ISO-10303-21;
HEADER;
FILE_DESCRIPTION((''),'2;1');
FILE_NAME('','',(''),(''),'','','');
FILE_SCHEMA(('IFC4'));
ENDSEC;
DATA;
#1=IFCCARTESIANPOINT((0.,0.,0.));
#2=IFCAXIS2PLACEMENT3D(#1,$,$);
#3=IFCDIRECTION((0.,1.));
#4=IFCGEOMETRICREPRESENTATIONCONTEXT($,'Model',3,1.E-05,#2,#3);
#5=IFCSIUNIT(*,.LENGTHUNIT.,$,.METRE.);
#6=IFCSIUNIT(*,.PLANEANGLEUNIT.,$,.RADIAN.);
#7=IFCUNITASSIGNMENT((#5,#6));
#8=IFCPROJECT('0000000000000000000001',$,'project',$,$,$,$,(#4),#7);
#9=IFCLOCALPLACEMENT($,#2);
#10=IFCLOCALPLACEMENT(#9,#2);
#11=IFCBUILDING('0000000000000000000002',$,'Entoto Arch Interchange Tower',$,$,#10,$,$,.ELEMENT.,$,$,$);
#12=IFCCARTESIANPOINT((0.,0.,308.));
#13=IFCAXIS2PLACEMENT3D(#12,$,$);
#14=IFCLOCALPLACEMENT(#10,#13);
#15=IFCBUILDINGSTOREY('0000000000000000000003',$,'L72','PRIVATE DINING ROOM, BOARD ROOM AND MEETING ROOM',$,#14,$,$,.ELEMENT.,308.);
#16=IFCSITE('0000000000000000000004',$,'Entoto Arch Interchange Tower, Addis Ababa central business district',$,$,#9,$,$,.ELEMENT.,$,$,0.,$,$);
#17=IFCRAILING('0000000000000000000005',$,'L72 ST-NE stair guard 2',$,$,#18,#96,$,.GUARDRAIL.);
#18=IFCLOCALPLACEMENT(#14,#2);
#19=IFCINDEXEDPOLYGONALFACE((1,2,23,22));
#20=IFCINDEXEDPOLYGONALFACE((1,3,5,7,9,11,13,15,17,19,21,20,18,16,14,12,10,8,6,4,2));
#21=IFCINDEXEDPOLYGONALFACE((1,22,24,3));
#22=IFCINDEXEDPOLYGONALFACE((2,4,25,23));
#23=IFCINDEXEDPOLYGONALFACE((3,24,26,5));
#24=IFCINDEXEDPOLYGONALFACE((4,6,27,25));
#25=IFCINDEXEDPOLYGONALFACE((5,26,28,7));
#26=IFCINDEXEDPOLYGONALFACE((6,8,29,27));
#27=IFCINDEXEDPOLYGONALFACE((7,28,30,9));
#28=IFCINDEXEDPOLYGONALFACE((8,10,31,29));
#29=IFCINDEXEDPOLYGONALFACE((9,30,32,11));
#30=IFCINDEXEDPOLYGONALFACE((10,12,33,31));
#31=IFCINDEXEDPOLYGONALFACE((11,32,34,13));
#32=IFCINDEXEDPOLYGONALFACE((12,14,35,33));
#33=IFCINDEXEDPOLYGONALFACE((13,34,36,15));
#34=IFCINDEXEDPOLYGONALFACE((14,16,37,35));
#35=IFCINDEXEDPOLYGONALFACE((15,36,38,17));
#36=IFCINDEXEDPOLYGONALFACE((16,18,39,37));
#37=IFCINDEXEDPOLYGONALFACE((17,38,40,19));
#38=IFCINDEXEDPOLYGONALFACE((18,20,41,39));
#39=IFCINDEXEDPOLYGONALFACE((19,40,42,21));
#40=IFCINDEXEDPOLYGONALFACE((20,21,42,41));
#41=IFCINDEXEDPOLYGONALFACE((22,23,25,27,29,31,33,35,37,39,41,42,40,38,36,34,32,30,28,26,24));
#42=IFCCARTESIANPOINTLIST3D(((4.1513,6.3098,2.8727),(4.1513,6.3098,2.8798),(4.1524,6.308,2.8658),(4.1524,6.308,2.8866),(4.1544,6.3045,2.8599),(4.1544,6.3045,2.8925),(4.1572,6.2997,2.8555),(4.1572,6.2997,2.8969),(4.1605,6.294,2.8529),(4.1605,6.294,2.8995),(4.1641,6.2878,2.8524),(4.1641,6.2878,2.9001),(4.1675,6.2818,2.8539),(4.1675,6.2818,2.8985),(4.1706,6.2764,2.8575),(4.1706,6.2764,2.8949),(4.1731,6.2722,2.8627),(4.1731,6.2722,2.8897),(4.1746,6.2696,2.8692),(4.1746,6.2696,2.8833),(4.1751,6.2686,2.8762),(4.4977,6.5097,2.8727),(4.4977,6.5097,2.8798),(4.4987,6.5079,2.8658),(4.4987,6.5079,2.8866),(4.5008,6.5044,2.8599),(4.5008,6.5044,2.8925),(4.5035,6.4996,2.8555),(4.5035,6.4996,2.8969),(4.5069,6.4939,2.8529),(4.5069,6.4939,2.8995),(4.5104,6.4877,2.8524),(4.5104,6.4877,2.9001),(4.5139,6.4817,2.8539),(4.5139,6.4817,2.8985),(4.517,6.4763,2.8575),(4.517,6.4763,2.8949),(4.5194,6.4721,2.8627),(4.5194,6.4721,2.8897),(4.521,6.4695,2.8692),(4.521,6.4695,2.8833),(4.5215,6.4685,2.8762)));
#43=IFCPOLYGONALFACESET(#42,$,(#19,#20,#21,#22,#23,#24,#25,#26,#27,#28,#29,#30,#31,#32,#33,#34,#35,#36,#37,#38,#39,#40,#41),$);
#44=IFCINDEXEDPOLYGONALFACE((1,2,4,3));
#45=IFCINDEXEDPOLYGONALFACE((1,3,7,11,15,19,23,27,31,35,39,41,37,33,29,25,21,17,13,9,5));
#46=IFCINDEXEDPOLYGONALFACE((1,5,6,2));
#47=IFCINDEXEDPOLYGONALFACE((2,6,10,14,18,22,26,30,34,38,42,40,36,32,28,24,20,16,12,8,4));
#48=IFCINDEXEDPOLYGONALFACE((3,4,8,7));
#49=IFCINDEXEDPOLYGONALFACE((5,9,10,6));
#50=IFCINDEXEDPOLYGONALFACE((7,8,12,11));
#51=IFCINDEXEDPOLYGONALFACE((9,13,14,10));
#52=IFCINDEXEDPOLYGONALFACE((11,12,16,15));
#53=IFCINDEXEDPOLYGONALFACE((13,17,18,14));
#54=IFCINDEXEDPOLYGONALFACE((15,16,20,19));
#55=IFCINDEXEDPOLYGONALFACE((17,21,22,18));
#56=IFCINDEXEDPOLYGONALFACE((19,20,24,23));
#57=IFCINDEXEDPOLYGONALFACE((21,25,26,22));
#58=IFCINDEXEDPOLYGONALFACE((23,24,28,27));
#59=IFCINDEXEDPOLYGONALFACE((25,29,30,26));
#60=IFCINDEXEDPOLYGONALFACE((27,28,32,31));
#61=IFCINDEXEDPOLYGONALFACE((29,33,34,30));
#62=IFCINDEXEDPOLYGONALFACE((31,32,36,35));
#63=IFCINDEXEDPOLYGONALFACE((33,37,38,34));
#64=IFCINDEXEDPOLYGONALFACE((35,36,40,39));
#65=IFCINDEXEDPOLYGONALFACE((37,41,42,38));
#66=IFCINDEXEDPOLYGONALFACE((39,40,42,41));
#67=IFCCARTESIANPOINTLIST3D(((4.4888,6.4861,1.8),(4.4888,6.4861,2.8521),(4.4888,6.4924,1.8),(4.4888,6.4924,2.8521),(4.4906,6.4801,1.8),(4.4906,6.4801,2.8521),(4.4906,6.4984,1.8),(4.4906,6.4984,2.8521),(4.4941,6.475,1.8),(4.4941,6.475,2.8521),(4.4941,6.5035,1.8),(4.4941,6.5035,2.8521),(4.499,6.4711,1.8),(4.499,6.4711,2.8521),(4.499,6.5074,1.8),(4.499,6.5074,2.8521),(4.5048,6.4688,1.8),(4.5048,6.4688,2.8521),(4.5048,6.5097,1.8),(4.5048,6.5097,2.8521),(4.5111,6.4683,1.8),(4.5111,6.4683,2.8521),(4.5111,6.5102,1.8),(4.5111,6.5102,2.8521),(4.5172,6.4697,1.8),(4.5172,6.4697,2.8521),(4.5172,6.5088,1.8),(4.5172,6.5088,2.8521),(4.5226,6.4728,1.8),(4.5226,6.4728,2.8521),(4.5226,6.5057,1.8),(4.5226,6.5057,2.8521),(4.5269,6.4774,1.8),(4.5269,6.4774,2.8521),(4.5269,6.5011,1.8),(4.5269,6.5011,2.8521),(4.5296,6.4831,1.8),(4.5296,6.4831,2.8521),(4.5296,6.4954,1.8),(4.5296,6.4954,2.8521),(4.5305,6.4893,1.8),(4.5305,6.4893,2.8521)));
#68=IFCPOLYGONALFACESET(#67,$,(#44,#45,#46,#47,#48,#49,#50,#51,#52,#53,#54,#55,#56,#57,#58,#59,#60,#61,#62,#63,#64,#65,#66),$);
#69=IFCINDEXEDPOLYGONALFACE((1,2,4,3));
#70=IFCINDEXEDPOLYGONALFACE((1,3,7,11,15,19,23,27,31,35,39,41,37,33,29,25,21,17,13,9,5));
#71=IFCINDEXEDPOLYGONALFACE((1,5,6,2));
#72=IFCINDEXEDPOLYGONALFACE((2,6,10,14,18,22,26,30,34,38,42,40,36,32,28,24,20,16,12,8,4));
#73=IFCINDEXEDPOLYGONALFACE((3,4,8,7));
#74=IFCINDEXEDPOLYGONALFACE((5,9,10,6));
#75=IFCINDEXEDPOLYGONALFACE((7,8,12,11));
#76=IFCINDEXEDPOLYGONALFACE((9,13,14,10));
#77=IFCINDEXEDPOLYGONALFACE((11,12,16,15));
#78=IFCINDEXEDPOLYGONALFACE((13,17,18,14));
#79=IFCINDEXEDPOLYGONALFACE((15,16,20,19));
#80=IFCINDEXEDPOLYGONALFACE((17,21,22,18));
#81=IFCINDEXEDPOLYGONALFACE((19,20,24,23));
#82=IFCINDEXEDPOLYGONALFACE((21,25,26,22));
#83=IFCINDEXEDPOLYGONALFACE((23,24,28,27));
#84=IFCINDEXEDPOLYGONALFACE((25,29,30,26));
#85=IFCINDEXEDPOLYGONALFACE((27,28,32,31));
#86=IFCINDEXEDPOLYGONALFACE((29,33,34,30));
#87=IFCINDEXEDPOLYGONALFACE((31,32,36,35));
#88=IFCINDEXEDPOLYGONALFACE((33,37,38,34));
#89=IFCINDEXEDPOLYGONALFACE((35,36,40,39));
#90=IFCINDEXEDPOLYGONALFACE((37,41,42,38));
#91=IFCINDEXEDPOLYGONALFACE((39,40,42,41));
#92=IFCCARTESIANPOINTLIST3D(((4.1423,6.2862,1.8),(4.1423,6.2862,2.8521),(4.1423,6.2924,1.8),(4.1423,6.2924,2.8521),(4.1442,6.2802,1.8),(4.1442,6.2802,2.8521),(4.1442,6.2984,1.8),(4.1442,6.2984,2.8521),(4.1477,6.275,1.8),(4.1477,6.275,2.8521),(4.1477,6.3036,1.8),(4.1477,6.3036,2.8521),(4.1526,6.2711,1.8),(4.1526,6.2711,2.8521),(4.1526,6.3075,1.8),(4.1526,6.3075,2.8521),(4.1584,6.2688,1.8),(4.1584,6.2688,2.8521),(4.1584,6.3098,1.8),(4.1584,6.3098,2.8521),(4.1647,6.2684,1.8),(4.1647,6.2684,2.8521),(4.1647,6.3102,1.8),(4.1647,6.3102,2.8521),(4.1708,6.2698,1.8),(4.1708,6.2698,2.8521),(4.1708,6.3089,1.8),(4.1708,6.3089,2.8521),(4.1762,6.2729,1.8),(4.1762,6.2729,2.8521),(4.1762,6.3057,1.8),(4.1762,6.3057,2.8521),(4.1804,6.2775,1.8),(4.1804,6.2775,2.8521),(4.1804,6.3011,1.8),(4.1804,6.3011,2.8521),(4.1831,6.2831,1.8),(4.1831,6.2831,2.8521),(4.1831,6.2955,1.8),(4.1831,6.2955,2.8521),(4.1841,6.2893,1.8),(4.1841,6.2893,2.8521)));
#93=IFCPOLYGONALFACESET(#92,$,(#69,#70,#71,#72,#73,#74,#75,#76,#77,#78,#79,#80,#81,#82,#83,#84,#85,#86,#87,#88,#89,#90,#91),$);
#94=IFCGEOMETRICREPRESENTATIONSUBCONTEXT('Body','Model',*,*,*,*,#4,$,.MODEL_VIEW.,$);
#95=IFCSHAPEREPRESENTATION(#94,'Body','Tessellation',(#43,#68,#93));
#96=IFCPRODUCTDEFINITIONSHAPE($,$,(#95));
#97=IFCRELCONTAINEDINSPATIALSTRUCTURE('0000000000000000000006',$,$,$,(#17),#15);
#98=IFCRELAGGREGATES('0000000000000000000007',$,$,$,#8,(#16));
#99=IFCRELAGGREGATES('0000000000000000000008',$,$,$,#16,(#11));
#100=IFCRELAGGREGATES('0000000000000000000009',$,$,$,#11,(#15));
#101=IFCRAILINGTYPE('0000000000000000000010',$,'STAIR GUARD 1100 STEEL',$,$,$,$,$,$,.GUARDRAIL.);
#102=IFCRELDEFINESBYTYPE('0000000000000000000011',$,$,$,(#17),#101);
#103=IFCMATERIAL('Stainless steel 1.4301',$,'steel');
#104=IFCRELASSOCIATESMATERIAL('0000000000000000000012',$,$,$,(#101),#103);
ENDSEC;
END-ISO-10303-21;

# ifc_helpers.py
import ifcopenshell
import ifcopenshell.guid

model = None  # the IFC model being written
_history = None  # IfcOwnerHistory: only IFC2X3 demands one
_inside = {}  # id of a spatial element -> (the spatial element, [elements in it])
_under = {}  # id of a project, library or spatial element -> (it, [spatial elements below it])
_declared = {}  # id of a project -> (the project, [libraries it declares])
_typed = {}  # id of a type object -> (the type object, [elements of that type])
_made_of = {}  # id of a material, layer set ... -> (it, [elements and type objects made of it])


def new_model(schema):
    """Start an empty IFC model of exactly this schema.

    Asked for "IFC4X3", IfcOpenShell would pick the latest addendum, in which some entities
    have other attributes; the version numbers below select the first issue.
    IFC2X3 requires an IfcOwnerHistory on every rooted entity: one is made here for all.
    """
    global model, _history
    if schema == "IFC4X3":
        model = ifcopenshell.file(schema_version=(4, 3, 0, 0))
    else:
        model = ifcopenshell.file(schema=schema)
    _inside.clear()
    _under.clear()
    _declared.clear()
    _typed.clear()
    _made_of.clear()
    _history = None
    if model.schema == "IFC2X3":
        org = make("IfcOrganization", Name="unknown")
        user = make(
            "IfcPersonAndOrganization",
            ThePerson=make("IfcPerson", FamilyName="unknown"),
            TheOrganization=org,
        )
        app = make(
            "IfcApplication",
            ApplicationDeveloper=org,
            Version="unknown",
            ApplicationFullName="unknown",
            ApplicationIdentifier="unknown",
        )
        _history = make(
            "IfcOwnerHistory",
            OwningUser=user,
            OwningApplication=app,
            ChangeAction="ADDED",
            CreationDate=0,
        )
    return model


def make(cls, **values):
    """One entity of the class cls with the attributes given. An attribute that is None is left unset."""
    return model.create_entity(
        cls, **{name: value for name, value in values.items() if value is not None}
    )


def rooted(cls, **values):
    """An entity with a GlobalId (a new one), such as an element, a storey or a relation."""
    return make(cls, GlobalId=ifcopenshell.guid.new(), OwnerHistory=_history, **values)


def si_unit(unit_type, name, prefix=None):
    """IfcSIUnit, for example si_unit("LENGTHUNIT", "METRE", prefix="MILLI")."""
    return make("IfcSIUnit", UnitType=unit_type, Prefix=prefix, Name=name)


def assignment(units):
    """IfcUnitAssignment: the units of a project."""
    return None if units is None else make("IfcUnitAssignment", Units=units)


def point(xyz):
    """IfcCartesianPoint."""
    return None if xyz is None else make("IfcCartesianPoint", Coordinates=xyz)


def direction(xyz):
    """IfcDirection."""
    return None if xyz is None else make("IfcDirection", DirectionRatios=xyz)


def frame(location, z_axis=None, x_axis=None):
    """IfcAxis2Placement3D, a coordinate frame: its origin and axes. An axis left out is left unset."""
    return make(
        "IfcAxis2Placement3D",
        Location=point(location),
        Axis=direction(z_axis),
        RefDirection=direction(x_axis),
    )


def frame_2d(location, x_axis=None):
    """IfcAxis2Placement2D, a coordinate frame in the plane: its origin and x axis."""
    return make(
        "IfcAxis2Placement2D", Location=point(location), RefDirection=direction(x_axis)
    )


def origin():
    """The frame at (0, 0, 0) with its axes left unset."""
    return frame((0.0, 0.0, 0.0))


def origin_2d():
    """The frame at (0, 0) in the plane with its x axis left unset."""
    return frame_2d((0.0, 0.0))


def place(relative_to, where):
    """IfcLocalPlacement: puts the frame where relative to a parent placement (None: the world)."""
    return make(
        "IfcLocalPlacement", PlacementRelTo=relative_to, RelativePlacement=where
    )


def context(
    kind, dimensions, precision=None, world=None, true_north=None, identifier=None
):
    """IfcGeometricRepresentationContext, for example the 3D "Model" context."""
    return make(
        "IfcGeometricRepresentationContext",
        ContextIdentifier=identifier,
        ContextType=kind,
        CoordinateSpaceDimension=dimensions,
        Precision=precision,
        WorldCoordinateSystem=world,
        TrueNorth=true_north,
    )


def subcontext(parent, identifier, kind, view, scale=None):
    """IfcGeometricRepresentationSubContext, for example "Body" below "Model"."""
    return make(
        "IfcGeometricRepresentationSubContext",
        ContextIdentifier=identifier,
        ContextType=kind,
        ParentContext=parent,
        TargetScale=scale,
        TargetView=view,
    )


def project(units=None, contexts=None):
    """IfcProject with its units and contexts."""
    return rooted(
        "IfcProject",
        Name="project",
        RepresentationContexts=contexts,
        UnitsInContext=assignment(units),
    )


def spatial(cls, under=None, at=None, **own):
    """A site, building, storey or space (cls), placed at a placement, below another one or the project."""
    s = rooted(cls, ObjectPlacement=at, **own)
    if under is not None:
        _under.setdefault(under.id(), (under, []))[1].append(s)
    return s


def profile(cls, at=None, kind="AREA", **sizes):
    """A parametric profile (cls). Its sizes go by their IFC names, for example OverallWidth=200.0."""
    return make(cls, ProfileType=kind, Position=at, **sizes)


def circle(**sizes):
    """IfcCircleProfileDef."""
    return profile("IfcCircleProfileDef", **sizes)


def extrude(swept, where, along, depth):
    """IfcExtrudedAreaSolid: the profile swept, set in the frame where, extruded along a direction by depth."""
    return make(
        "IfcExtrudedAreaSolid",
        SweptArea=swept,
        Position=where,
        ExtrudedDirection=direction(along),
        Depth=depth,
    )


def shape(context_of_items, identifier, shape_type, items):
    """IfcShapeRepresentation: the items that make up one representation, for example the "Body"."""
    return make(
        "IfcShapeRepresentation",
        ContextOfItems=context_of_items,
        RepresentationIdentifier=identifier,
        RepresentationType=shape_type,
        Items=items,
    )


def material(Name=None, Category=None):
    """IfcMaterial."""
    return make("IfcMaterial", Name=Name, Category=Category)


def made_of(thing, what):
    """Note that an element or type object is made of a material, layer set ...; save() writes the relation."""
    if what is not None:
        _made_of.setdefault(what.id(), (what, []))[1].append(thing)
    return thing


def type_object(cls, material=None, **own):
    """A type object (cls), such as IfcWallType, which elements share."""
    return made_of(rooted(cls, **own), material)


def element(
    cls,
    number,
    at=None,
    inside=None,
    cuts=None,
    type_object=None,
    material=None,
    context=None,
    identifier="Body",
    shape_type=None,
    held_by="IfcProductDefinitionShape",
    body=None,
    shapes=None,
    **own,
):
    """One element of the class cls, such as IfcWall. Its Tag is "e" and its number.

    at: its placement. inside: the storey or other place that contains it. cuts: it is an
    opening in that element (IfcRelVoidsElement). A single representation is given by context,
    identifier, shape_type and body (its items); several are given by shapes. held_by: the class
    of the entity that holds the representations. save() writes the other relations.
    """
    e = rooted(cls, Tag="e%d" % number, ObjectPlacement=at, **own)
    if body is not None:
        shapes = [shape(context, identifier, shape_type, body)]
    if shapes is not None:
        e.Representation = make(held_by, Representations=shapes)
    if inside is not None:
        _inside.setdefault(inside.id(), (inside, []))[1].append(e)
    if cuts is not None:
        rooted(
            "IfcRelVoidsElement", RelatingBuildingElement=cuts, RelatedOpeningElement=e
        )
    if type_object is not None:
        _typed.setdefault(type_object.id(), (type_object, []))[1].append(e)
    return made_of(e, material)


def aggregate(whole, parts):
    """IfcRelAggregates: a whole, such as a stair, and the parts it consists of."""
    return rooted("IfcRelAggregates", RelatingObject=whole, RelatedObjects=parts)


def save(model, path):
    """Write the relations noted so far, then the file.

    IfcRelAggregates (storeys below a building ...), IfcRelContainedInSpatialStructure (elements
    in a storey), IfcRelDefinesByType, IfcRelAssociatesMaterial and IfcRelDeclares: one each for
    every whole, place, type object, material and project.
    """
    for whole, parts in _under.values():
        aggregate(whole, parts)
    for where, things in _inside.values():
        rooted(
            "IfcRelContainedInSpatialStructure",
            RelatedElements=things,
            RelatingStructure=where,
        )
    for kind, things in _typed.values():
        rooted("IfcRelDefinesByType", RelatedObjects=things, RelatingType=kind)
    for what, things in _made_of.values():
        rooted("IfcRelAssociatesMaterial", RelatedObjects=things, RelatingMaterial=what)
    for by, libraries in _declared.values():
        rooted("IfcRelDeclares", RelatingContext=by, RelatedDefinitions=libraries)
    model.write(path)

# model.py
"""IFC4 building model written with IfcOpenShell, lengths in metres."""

from ifc_helpers import new_model, si_unit, direction, frame, origin, origin_2d, place, context, subcontext, project, spatial, circle, extrude, material, type_object, element, save


model = new_model("IFC4")

# Units and contexts
model_context = context("Model", 3, precision=1e-05, world=origin(), true_north=direction((0.0, 1.0)))
body_context = subcontext(model_context, "Body", "Model", "MODEL_VIEW")
ifc_project = project(units=[si_unit("LENGTHUNIT", "METRE"), si_unit("PLANEANGLEUNIT", "RADIAN")], contexts=[model_context])

# Site, building, storey
site_placement = place(None, origin())
site = spatial("IfcSite", under=ifc_project, at=site_placement, Name="Entoto Arch Interchange Tower, Addis Ababa central business district", CompositionType="ELEMENT", RefElevation=0.0)
building_placement = place(site_placement, origin())
building = spatial("IfcBuilding", under=site, at=building_placement, Name="Entoto Arch Interchange Tower", CompositionType="ELEMENT")
storey_placement = place(building_placement, frame((0.0, 0.0, 308.0)))
storey = spatial("IfcBuildingStorey", under=building, at=storey_placement, Name="L72", Description="PRIVATE DINING ROOM, BOARD ROOM AND MEETING ROOM", CompositionType="ELEMENT", Elevation=308.0)

# Railing
ifc_material_1 = material(Name="Stainless steel 1.4301", Category="steel")
railing_type_1 = type_object("IfcRailingType", Name="STAIR GUARD 1100 STEEL", PredefinedType="GUARDRAIL", material=ifc_material_1)
railing_1_placement = place(storey_placement, frame((4.5095, 6.4893, 1.8)))
element("IfcRailing", 1, at=railing_1_placement, inside=storey, type_object=railing_type_1, Name="L72 ST-NE stair guard 2", PredefinedType="GUARDRAIL", context=body_context, shape_type="SweptSolid", body=[
    extrude(circle(Radius=0.0239, at=origin_2d()), frame((0.0, 0.0, 1.0762), z_axis=(-0.866094, -0.499881, 0.0), x_axis=(0.499881, -0.866094, 0.0)), (0.0, 0.0, 1.0), 0.3999),
    extrude(circle(Radius=0.021, at=origin_2d()), origin(), (0.0, 0.0, 1.0), 1.052),
    extrude(circle(Radius=0.021, at=origin_2d()), frame((-0.3464, -0.2, 0.0)), (0.0, 0.0, 1.0), 1.052),
])

save(model, "model.ifc")
